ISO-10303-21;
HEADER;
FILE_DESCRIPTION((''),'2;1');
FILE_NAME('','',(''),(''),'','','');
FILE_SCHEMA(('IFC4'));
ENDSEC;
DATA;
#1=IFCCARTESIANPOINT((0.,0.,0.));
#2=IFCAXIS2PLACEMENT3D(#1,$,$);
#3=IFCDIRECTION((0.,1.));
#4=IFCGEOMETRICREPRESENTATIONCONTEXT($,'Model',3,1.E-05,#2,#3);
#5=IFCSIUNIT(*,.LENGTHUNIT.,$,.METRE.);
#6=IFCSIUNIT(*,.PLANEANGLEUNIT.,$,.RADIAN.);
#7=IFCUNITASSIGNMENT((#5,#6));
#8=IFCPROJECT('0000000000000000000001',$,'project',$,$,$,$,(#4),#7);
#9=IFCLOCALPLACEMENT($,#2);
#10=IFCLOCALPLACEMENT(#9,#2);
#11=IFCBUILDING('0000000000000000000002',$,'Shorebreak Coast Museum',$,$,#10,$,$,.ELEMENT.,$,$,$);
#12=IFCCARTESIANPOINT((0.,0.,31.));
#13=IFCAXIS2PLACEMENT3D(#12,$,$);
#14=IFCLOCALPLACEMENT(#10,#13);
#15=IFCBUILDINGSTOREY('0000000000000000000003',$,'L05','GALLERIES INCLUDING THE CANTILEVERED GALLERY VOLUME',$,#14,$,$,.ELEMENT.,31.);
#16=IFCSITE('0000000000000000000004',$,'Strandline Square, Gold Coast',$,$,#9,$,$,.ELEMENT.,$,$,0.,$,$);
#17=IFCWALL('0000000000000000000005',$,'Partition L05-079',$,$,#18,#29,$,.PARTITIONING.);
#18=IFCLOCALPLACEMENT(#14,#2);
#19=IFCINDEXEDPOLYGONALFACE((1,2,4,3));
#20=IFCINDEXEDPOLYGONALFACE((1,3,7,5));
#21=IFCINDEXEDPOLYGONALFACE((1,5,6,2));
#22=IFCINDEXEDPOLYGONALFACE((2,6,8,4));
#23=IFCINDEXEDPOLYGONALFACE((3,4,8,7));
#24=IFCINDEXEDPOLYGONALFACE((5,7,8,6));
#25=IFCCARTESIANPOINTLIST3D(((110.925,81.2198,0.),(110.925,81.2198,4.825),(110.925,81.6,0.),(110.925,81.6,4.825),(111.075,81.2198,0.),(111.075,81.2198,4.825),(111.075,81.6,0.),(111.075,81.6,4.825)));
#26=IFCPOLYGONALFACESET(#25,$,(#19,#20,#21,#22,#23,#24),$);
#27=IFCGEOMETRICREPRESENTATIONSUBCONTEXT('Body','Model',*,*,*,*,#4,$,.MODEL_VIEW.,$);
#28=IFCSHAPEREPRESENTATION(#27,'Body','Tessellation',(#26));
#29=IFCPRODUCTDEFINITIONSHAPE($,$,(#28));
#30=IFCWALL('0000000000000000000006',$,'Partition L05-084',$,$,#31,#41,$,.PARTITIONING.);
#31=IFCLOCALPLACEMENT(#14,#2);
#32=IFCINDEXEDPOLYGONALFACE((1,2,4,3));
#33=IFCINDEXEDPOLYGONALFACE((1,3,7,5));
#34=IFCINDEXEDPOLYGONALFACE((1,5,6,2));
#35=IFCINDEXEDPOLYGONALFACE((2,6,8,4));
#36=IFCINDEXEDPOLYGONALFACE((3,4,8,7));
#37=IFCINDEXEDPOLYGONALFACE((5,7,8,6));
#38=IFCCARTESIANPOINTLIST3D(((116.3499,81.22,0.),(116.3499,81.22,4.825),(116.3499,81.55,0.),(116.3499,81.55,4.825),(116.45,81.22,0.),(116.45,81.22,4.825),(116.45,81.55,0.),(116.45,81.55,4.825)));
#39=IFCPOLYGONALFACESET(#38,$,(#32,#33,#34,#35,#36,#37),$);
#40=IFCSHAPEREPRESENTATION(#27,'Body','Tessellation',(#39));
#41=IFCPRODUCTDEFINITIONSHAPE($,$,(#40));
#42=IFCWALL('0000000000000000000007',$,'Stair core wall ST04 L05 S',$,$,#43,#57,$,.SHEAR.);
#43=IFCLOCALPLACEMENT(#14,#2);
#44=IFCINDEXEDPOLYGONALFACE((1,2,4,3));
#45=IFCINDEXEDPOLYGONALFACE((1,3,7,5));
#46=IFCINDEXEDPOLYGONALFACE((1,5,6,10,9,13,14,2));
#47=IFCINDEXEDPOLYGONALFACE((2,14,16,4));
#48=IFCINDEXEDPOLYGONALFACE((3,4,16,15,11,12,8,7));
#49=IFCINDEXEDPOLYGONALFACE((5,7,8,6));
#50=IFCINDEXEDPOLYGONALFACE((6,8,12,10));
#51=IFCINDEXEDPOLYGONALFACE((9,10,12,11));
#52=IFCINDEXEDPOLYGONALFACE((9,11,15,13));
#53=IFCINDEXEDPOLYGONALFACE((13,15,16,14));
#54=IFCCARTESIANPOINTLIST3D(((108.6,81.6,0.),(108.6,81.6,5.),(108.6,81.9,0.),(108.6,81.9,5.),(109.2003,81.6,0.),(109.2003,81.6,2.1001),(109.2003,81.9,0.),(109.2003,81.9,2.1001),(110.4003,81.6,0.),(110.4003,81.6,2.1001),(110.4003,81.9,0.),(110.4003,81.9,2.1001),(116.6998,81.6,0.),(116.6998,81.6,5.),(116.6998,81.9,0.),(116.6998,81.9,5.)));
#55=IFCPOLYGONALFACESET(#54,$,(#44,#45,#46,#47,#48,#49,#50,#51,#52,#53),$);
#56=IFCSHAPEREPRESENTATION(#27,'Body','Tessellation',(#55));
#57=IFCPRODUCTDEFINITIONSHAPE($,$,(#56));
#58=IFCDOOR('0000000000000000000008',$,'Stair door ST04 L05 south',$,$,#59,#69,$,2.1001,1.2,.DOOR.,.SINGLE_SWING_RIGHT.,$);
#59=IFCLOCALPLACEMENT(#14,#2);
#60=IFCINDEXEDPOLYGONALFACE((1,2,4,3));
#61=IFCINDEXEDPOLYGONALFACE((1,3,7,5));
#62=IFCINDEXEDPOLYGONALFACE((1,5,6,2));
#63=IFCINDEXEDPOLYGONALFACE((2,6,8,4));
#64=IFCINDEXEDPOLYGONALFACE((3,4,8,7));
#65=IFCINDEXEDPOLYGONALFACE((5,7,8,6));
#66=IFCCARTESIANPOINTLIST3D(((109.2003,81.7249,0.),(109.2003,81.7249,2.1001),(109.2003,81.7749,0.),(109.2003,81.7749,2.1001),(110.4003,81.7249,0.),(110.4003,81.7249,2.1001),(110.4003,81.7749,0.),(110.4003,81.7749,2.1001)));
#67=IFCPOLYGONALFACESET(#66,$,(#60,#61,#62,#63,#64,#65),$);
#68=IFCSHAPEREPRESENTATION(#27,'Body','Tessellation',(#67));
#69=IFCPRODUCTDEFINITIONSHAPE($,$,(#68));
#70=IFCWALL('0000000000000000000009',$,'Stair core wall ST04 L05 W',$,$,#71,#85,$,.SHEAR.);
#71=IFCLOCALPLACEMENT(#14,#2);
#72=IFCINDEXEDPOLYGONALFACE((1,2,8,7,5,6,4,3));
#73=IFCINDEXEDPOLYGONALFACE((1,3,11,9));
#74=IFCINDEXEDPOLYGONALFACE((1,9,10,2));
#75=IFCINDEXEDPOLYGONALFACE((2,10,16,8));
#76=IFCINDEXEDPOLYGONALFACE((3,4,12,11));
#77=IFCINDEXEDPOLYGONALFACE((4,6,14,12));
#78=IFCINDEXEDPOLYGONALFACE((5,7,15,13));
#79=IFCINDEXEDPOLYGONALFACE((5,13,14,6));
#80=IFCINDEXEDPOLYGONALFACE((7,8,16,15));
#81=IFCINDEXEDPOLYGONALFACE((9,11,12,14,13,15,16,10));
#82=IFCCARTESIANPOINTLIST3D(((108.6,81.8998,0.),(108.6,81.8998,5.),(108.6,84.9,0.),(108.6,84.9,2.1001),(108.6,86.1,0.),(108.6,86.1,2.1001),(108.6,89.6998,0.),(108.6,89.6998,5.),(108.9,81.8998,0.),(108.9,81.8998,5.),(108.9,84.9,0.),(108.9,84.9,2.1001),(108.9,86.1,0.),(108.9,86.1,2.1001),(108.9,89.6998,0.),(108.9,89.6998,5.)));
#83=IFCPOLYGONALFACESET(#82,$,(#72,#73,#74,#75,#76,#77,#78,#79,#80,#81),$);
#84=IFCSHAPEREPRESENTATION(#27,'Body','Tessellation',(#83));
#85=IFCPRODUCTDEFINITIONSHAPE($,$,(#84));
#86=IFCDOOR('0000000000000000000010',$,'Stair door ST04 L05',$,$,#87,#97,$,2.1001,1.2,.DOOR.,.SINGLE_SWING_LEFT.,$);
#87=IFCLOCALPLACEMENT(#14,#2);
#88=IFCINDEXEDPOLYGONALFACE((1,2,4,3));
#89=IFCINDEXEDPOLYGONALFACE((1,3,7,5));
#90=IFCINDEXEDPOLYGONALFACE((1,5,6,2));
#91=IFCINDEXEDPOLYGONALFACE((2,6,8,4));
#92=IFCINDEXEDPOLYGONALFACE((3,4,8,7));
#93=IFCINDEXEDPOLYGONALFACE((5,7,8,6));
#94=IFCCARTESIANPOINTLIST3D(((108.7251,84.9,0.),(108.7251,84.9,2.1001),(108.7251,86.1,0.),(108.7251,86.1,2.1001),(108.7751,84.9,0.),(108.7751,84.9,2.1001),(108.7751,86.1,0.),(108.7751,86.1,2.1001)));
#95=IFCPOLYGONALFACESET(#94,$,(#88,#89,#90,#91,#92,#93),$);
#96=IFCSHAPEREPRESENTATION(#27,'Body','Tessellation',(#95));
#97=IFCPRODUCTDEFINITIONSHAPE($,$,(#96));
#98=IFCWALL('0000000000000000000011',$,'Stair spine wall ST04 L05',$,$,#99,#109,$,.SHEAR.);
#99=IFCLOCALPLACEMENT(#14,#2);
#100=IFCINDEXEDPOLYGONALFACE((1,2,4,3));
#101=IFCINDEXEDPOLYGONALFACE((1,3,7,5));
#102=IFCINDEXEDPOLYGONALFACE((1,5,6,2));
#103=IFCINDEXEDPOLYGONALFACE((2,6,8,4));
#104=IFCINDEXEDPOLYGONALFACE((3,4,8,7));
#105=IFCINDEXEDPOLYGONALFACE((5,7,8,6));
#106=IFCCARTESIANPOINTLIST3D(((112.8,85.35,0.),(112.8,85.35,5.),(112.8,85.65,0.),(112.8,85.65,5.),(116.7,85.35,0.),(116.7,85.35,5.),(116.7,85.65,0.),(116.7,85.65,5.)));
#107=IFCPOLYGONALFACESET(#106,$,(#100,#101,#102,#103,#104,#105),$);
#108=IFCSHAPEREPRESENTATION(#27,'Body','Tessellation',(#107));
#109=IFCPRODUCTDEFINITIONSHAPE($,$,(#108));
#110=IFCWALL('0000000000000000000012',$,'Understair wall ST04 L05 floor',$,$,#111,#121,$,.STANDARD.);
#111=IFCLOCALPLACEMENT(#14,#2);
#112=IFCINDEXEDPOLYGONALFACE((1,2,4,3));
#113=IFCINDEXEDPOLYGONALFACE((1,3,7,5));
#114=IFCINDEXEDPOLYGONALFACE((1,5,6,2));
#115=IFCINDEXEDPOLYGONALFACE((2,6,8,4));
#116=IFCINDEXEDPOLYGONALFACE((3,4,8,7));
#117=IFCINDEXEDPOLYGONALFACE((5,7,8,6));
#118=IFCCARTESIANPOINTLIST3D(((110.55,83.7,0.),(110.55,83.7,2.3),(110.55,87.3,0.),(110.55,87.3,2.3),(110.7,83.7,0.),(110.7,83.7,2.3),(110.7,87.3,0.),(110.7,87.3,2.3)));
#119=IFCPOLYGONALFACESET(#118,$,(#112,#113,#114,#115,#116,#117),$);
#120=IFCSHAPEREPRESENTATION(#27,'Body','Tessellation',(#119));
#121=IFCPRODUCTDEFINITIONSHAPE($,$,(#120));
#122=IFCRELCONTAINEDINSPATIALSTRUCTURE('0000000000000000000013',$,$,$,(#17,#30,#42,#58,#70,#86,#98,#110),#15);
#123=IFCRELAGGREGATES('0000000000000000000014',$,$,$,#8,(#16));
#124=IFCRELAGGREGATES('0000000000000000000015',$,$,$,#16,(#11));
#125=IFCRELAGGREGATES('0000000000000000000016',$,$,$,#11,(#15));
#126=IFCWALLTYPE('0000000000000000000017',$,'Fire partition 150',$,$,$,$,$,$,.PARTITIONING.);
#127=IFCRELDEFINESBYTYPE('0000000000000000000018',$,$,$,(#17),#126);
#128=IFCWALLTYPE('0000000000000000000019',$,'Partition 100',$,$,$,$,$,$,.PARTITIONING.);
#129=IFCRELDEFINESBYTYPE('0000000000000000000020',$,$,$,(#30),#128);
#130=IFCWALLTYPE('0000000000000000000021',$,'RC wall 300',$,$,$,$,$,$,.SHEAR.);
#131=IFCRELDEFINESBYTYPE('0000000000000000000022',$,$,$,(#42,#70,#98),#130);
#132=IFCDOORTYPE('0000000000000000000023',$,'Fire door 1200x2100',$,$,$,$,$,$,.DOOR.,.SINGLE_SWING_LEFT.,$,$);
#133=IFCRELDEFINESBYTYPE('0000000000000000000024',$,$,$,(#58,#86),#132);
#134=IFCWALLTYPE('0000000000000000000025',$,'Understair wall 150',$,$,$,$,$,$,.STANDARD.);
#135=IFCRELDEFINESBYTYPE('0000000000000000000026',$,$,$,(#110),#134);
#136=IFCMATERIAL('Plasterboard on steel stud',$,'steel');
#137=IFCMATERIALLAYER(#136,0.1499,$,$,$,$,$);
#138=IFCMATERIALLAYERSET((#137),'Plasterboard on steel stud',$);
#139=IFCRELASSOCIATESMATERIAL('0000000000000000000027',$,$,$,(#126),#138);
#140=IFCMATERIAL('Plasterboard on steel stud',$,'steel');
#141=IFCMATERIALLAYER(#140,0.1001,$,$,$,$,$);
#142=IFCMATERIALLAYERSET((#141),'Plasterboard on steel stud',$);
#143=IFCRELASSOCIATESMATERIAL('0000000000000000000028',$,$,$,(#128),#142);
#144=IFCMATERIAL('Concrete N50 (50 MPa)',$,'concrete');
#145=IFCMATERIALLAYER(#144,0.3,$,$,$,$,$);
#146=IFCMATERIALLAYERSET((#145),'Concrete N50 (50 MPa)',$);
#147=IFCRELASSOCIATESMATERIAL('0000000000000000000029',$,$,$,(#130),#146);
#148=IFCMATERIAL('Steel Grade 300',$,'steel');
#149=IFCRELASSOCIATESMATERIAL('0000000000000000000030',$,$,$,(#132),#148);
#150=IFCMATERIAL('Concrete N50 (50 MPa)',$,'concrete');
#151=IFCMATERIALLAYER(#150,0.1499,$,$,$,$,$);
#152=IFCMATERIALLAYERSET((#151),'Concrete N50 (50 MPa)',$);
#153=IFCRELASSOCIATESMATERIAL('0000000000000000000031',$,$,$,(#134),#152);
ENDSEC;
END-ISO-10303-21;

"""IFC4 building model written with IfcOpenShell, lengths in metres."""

from ifc_helpers import new_model, si_unit, direction, frame, frame_2d, origin, place, context, subcontext, project, spatial, rectangle, extrude, material, layer, layer_set, type_object, element, fill, save


model = new_model("IFC4")

# Units and contexts
model_context = context("Model", 3, precision=1e-05, world=origin(), true_north=direction((0.0, 1.0)))
body_context = subcontext(model_context, "Body", "Model", "MODEL_VIEW")
ifc_project = project(units=[si_unit("LENGTHUNIT", "METRE"), si_unit("PLANEANGLEUNIT", "RADIAN")], contexts=[model_context])

# Site, building, storey
site_placement = place(None, origin())
site = spatial("IfcSite", under=ifc_project, at=site_placement, Name="Strandline Square, Gold Coast", CompositionType="ELEMENT", RefElevation=0.0)
building_placement = place(site_placement, origin())
building = spatial("IfcBuilding", under=site, at=building_placement, Name="Shorebreak Coast Museum", CompositionType="ELEMENT")
storey_placement = place(building_placement, frame((0.0, 0.0, 31.0)))
storey = spatial("IfcBuildingStorey", under=building, at=storey_placement, Name="L05", Description="GALLERIES INCLUDING THE CANTILEVERED GALLERY VOLUME", CompositionType="ELEMENT", Elevation=31.0)

# Walls
ifc_material_1 = material(Name="Plasterboard on steel stud", Category="steel")
ifc_layer_1 = layer(ifc_material_1, 0.1499)
ifc_layer_set_1 = layer_set([ifc_layer_1], Name="Plasterboard on steel stud")
wall_type_1 = type_object("IfcWallType", Name="Fire partition 150", PredefinedType="PARTITIONING", material=ifc_layer_set_1)
wall_1_placement = place(storey_placement, frame((111.0, 81.22, 0.0), z_axis=(0.0, 0.0, 1.0), x_axis=(0.0, 1.0, 0.0)))
element("IfcWall", 1, at=wall_1_placement, inside=storey, type_object=wall_type_1, Name="Partition L05-079", PredefinedType="PARTITIONING", context=body_context, shape_type="SweptSolid", body=[
    extrude(rectangle(XDim=0.3801, YDim=0.1499, at=frame_2d((0.1899, 0.0))), origin(), (0.0, 0.0, 1.0), 4.825),
])
ifc_material_2 = material(Name="Plasterboard on steel stud", Category="steel")
ifc_layer_2 = layer(ifc_material_2, 0.1001)
ifc_layer_set_2 = layer_set([ifc_layer_2], Name="Plasterboard on steel stud")
wall_type_2 = type_object("IfcWallType", Name="Partition 100", PredefinedType="PARTITIONING", material=ifc_layer_set_2)
wall_2_placement = place(storey_placement, frame((116.3999, 81.22, 0.0), z_axis=(0.0, 0.0, 1.0), x_axis=(0.0, 1.0, 0.0)))
element("IfcWall", 2, at=wall_2_placement, inside=storey, type_object=wall_type_2, Name="Partition L05-084", PredefinedType="PARTITIONING", context=body_context, shape_type="SweptSolid", body=[
    extrude(rectangle(XDim=0.3301, YDim=0.1001, at=frame_2d((0.165, 0.0))), origin(), (0.0, 0.0, 1.0), 4.825),
])

# Walls, openings, doors
ifc_material_3 = material(Name="Concrete N50 (50 MPa)", Category="concrete")
ifc_layer_3 = layer(ifc_material_3, 0.3)
ifc_layer_set_3 = layer_set([ifc_layer_3], Name="Concrete N50 (50 MPa)")
wall_type_3 = type_object("IfcWallType", Name="RC wall 300", PredefinedType="SHEAR", material=ifc_layer_set_3)
wall_3_placement = place(storey_placement, frame((108.6001, 81.75, 0.0), z_axis=(0.0, 0.0, 1.0), x_axis=(1.0, 0.0, 0.0)))
wall_3 = element("IfcWall", 3, at=wall_3_placement, inside=storey, type_object=wall_type_3, Name="Stair core wall ST04 L05 S", PredefinedType="SHEAR", context=body_context, shape_type="SweptSolid", body=[
    extrude(rectangle(XDim=8.0999, YDim=0.3, at=frame_2d((4.0498, 0.0))), origin(), (0.0, 0.0, 1.0), 5.0),
])
opening_1_placement = place(wall_3_placement, frame((0.6001, 0.0, 0.0)))
opening_1 = element("IfcOpeningElement", 4, at=opening_1_placement, cuts=wall_3, PredefinedType="OPENING", context=body_context, shape_type="SweptSolid", body=[
    extrude(rectangle(XDim=1.2, YDim=2.1001, at=frame_2d((0.6001, 1.05))), frame((0.0, 0.1599, 0.0), z_axis=(0.0, -1.0, 0.0), x_axis=(1.0, 0.0, 0.0)), (0.0, 0.0, 1.0), 0.3201),
])
ifc_material_4 = material(Name="Steel Grade 300", Category="steel")
door_type = type_object("IfcDoorType", Name="Fire door 1200x2100", OperationType="SINGLE_SWING_LEFT", PredefinedType="DOOR", material=ifc_material_4)
door_1_placement = place(opening_1_placement, origin())
door_1 = element("IfcDoor", 5, at=door_1_placement, inside=storey, type_object=door_type, Name="Stair door ST04 L05 south", OperationType="SINGLE_SWING_RIGHT", OverallHeight=2.1001, OverallWidth=1.2, PredefinedType="DOOR", context=body_context, shape_type="SweptSolid", body=[
    extrude(rectangle(XDim=1.2, YDim=2.1001, at=frame_2d((0.6001, 1.05))), frame((0.0, 0.0249, 0.0), z_axis=(0.0, -1.0, 0.0), x_axis=(1.0, 0.0, 0.0)), (0.0, 0.0, 1.0), 0.05),
])
fill(opening_1, door_1)
wall_4_placement = place(storey_placement, frame((108.75, 81.8999, 0.0), z_axis=(0.0, 0.0, 1.0), x_axis=(0.0, 1.0, 0.0)))
wall_4 = element("IfcWall", 6, at=wall_4_placement, inside=storey, type_object=wall_type_3, Name="Stair core wall ST04 L05 W", PredefinedType="SHEAR", context=body_context, shape_type="SweptSolid", body=[
    extrude(rectangle(XDim=7.8, YDim=0.3, at=frame_2d((3.8999, 0.0))), origin(), (0.0, 0.0, 1.0), 5.0),
])
opening_2_placement = place(wall_4_placement, frame((3.0, 0.0, 0.0)))
opening_2 = element("IfcOpeningElement", 7, at=opening_2_placement, cuts=wall_4, PredefinedType="OPENING", context=body_context, shape_type="SweptSolid", body=[
    extrude(rectangle(XDim=1.2, YDim=2.1001, at=frame_2d((0.6001, 1.05))), frame((0.0, 0.1599, 0.0), z_axis=(0.0, -1.0, 0.0), x_axis=(1.0, 0.0, 0.0)), (0.0, 0.0, 1.0), 0.3201),
])
door_2_placement = place(opening_2_placement, origin())
door_2 = element("IfcDoor", 8, at=door_2_placement, inside=storey, type_object=door_type, Name="Stair door ST04 L05", OperationType="SINGLE_SWING_LEFT", OverallHeight=2.1001, OverallWidth=1.2, PredefinedType="DOOR", context=body_context, shape_type="SweptSolid", body=[
    extrude(rectangle(XDim=1.2, YDim=2.1001, at=frame_2d((0.6001, 1.05))), frame((0.0, 0.0249, 0.0), z_axis=(0.0, -1.0, 0.0), x_axis=(1.0, 0.0, 0.0)), (0.0, 0.0, 1.0), 0.05),
])
fill(opening_2, door_2)

# Walls
wall_5_placement = place(storey_placement, frame((112.8, 85.5, 0.0), z_axis=(0.0, 0.0, 1.0), x_axis=(1.0, 0.0, 0.0)))
element("IfcWall", 9, at=wall_5_placement, inside=storey, type_object=wall_type_3, Name="Stair spine wall ST04 L05", PredefinedType="SHEAR", context=body_context, shape_type="SweptSolid", body=[
    extrude(rectangle(XDim=3.8999, YDim=0.3, at=frame_2d((1.95, 0.0))), origin(), (0.0, 0.0, 1.0), 5.0),
])
ifc_material_5 = material(Name="Concrete N50 (50 MPa)", Category="concrete")
ifc_layer_4 = layer(ifc_material_5, 0.1499)
ifc_layer_set_4 = layer_set([ifc_layer_4], Name="Concrete N50 (50 MPa)")
wall_type_4 = type_object("IfcWallType", Name="Understair wall 150", PredefinedType="STANDARD", material=ifc_layer_set_4)
wall_6_placement = place(storey_placement, frame((110.625, 83.7, 0.0), z_axis=(0.0, 0.0, 1.0), x_axis=(0.0, 1.0, 0.0)))
element("IfcWall", 10, at=wall_6_placement, inside=storey, type_object=wall_type_4, Name="Understair wall ST04 L05 floor", PredefinedType="STANDARD", context=body_context, shape_type="SweptSolid", body=[
    extrude(rectangle(XDim=3.6001, YDim=0.1499, at=frame_2d((1.8, 0.0))), origin(), (0.0, 0.0, 1.0), 2.3),
])

save(model, "model.ifc")
